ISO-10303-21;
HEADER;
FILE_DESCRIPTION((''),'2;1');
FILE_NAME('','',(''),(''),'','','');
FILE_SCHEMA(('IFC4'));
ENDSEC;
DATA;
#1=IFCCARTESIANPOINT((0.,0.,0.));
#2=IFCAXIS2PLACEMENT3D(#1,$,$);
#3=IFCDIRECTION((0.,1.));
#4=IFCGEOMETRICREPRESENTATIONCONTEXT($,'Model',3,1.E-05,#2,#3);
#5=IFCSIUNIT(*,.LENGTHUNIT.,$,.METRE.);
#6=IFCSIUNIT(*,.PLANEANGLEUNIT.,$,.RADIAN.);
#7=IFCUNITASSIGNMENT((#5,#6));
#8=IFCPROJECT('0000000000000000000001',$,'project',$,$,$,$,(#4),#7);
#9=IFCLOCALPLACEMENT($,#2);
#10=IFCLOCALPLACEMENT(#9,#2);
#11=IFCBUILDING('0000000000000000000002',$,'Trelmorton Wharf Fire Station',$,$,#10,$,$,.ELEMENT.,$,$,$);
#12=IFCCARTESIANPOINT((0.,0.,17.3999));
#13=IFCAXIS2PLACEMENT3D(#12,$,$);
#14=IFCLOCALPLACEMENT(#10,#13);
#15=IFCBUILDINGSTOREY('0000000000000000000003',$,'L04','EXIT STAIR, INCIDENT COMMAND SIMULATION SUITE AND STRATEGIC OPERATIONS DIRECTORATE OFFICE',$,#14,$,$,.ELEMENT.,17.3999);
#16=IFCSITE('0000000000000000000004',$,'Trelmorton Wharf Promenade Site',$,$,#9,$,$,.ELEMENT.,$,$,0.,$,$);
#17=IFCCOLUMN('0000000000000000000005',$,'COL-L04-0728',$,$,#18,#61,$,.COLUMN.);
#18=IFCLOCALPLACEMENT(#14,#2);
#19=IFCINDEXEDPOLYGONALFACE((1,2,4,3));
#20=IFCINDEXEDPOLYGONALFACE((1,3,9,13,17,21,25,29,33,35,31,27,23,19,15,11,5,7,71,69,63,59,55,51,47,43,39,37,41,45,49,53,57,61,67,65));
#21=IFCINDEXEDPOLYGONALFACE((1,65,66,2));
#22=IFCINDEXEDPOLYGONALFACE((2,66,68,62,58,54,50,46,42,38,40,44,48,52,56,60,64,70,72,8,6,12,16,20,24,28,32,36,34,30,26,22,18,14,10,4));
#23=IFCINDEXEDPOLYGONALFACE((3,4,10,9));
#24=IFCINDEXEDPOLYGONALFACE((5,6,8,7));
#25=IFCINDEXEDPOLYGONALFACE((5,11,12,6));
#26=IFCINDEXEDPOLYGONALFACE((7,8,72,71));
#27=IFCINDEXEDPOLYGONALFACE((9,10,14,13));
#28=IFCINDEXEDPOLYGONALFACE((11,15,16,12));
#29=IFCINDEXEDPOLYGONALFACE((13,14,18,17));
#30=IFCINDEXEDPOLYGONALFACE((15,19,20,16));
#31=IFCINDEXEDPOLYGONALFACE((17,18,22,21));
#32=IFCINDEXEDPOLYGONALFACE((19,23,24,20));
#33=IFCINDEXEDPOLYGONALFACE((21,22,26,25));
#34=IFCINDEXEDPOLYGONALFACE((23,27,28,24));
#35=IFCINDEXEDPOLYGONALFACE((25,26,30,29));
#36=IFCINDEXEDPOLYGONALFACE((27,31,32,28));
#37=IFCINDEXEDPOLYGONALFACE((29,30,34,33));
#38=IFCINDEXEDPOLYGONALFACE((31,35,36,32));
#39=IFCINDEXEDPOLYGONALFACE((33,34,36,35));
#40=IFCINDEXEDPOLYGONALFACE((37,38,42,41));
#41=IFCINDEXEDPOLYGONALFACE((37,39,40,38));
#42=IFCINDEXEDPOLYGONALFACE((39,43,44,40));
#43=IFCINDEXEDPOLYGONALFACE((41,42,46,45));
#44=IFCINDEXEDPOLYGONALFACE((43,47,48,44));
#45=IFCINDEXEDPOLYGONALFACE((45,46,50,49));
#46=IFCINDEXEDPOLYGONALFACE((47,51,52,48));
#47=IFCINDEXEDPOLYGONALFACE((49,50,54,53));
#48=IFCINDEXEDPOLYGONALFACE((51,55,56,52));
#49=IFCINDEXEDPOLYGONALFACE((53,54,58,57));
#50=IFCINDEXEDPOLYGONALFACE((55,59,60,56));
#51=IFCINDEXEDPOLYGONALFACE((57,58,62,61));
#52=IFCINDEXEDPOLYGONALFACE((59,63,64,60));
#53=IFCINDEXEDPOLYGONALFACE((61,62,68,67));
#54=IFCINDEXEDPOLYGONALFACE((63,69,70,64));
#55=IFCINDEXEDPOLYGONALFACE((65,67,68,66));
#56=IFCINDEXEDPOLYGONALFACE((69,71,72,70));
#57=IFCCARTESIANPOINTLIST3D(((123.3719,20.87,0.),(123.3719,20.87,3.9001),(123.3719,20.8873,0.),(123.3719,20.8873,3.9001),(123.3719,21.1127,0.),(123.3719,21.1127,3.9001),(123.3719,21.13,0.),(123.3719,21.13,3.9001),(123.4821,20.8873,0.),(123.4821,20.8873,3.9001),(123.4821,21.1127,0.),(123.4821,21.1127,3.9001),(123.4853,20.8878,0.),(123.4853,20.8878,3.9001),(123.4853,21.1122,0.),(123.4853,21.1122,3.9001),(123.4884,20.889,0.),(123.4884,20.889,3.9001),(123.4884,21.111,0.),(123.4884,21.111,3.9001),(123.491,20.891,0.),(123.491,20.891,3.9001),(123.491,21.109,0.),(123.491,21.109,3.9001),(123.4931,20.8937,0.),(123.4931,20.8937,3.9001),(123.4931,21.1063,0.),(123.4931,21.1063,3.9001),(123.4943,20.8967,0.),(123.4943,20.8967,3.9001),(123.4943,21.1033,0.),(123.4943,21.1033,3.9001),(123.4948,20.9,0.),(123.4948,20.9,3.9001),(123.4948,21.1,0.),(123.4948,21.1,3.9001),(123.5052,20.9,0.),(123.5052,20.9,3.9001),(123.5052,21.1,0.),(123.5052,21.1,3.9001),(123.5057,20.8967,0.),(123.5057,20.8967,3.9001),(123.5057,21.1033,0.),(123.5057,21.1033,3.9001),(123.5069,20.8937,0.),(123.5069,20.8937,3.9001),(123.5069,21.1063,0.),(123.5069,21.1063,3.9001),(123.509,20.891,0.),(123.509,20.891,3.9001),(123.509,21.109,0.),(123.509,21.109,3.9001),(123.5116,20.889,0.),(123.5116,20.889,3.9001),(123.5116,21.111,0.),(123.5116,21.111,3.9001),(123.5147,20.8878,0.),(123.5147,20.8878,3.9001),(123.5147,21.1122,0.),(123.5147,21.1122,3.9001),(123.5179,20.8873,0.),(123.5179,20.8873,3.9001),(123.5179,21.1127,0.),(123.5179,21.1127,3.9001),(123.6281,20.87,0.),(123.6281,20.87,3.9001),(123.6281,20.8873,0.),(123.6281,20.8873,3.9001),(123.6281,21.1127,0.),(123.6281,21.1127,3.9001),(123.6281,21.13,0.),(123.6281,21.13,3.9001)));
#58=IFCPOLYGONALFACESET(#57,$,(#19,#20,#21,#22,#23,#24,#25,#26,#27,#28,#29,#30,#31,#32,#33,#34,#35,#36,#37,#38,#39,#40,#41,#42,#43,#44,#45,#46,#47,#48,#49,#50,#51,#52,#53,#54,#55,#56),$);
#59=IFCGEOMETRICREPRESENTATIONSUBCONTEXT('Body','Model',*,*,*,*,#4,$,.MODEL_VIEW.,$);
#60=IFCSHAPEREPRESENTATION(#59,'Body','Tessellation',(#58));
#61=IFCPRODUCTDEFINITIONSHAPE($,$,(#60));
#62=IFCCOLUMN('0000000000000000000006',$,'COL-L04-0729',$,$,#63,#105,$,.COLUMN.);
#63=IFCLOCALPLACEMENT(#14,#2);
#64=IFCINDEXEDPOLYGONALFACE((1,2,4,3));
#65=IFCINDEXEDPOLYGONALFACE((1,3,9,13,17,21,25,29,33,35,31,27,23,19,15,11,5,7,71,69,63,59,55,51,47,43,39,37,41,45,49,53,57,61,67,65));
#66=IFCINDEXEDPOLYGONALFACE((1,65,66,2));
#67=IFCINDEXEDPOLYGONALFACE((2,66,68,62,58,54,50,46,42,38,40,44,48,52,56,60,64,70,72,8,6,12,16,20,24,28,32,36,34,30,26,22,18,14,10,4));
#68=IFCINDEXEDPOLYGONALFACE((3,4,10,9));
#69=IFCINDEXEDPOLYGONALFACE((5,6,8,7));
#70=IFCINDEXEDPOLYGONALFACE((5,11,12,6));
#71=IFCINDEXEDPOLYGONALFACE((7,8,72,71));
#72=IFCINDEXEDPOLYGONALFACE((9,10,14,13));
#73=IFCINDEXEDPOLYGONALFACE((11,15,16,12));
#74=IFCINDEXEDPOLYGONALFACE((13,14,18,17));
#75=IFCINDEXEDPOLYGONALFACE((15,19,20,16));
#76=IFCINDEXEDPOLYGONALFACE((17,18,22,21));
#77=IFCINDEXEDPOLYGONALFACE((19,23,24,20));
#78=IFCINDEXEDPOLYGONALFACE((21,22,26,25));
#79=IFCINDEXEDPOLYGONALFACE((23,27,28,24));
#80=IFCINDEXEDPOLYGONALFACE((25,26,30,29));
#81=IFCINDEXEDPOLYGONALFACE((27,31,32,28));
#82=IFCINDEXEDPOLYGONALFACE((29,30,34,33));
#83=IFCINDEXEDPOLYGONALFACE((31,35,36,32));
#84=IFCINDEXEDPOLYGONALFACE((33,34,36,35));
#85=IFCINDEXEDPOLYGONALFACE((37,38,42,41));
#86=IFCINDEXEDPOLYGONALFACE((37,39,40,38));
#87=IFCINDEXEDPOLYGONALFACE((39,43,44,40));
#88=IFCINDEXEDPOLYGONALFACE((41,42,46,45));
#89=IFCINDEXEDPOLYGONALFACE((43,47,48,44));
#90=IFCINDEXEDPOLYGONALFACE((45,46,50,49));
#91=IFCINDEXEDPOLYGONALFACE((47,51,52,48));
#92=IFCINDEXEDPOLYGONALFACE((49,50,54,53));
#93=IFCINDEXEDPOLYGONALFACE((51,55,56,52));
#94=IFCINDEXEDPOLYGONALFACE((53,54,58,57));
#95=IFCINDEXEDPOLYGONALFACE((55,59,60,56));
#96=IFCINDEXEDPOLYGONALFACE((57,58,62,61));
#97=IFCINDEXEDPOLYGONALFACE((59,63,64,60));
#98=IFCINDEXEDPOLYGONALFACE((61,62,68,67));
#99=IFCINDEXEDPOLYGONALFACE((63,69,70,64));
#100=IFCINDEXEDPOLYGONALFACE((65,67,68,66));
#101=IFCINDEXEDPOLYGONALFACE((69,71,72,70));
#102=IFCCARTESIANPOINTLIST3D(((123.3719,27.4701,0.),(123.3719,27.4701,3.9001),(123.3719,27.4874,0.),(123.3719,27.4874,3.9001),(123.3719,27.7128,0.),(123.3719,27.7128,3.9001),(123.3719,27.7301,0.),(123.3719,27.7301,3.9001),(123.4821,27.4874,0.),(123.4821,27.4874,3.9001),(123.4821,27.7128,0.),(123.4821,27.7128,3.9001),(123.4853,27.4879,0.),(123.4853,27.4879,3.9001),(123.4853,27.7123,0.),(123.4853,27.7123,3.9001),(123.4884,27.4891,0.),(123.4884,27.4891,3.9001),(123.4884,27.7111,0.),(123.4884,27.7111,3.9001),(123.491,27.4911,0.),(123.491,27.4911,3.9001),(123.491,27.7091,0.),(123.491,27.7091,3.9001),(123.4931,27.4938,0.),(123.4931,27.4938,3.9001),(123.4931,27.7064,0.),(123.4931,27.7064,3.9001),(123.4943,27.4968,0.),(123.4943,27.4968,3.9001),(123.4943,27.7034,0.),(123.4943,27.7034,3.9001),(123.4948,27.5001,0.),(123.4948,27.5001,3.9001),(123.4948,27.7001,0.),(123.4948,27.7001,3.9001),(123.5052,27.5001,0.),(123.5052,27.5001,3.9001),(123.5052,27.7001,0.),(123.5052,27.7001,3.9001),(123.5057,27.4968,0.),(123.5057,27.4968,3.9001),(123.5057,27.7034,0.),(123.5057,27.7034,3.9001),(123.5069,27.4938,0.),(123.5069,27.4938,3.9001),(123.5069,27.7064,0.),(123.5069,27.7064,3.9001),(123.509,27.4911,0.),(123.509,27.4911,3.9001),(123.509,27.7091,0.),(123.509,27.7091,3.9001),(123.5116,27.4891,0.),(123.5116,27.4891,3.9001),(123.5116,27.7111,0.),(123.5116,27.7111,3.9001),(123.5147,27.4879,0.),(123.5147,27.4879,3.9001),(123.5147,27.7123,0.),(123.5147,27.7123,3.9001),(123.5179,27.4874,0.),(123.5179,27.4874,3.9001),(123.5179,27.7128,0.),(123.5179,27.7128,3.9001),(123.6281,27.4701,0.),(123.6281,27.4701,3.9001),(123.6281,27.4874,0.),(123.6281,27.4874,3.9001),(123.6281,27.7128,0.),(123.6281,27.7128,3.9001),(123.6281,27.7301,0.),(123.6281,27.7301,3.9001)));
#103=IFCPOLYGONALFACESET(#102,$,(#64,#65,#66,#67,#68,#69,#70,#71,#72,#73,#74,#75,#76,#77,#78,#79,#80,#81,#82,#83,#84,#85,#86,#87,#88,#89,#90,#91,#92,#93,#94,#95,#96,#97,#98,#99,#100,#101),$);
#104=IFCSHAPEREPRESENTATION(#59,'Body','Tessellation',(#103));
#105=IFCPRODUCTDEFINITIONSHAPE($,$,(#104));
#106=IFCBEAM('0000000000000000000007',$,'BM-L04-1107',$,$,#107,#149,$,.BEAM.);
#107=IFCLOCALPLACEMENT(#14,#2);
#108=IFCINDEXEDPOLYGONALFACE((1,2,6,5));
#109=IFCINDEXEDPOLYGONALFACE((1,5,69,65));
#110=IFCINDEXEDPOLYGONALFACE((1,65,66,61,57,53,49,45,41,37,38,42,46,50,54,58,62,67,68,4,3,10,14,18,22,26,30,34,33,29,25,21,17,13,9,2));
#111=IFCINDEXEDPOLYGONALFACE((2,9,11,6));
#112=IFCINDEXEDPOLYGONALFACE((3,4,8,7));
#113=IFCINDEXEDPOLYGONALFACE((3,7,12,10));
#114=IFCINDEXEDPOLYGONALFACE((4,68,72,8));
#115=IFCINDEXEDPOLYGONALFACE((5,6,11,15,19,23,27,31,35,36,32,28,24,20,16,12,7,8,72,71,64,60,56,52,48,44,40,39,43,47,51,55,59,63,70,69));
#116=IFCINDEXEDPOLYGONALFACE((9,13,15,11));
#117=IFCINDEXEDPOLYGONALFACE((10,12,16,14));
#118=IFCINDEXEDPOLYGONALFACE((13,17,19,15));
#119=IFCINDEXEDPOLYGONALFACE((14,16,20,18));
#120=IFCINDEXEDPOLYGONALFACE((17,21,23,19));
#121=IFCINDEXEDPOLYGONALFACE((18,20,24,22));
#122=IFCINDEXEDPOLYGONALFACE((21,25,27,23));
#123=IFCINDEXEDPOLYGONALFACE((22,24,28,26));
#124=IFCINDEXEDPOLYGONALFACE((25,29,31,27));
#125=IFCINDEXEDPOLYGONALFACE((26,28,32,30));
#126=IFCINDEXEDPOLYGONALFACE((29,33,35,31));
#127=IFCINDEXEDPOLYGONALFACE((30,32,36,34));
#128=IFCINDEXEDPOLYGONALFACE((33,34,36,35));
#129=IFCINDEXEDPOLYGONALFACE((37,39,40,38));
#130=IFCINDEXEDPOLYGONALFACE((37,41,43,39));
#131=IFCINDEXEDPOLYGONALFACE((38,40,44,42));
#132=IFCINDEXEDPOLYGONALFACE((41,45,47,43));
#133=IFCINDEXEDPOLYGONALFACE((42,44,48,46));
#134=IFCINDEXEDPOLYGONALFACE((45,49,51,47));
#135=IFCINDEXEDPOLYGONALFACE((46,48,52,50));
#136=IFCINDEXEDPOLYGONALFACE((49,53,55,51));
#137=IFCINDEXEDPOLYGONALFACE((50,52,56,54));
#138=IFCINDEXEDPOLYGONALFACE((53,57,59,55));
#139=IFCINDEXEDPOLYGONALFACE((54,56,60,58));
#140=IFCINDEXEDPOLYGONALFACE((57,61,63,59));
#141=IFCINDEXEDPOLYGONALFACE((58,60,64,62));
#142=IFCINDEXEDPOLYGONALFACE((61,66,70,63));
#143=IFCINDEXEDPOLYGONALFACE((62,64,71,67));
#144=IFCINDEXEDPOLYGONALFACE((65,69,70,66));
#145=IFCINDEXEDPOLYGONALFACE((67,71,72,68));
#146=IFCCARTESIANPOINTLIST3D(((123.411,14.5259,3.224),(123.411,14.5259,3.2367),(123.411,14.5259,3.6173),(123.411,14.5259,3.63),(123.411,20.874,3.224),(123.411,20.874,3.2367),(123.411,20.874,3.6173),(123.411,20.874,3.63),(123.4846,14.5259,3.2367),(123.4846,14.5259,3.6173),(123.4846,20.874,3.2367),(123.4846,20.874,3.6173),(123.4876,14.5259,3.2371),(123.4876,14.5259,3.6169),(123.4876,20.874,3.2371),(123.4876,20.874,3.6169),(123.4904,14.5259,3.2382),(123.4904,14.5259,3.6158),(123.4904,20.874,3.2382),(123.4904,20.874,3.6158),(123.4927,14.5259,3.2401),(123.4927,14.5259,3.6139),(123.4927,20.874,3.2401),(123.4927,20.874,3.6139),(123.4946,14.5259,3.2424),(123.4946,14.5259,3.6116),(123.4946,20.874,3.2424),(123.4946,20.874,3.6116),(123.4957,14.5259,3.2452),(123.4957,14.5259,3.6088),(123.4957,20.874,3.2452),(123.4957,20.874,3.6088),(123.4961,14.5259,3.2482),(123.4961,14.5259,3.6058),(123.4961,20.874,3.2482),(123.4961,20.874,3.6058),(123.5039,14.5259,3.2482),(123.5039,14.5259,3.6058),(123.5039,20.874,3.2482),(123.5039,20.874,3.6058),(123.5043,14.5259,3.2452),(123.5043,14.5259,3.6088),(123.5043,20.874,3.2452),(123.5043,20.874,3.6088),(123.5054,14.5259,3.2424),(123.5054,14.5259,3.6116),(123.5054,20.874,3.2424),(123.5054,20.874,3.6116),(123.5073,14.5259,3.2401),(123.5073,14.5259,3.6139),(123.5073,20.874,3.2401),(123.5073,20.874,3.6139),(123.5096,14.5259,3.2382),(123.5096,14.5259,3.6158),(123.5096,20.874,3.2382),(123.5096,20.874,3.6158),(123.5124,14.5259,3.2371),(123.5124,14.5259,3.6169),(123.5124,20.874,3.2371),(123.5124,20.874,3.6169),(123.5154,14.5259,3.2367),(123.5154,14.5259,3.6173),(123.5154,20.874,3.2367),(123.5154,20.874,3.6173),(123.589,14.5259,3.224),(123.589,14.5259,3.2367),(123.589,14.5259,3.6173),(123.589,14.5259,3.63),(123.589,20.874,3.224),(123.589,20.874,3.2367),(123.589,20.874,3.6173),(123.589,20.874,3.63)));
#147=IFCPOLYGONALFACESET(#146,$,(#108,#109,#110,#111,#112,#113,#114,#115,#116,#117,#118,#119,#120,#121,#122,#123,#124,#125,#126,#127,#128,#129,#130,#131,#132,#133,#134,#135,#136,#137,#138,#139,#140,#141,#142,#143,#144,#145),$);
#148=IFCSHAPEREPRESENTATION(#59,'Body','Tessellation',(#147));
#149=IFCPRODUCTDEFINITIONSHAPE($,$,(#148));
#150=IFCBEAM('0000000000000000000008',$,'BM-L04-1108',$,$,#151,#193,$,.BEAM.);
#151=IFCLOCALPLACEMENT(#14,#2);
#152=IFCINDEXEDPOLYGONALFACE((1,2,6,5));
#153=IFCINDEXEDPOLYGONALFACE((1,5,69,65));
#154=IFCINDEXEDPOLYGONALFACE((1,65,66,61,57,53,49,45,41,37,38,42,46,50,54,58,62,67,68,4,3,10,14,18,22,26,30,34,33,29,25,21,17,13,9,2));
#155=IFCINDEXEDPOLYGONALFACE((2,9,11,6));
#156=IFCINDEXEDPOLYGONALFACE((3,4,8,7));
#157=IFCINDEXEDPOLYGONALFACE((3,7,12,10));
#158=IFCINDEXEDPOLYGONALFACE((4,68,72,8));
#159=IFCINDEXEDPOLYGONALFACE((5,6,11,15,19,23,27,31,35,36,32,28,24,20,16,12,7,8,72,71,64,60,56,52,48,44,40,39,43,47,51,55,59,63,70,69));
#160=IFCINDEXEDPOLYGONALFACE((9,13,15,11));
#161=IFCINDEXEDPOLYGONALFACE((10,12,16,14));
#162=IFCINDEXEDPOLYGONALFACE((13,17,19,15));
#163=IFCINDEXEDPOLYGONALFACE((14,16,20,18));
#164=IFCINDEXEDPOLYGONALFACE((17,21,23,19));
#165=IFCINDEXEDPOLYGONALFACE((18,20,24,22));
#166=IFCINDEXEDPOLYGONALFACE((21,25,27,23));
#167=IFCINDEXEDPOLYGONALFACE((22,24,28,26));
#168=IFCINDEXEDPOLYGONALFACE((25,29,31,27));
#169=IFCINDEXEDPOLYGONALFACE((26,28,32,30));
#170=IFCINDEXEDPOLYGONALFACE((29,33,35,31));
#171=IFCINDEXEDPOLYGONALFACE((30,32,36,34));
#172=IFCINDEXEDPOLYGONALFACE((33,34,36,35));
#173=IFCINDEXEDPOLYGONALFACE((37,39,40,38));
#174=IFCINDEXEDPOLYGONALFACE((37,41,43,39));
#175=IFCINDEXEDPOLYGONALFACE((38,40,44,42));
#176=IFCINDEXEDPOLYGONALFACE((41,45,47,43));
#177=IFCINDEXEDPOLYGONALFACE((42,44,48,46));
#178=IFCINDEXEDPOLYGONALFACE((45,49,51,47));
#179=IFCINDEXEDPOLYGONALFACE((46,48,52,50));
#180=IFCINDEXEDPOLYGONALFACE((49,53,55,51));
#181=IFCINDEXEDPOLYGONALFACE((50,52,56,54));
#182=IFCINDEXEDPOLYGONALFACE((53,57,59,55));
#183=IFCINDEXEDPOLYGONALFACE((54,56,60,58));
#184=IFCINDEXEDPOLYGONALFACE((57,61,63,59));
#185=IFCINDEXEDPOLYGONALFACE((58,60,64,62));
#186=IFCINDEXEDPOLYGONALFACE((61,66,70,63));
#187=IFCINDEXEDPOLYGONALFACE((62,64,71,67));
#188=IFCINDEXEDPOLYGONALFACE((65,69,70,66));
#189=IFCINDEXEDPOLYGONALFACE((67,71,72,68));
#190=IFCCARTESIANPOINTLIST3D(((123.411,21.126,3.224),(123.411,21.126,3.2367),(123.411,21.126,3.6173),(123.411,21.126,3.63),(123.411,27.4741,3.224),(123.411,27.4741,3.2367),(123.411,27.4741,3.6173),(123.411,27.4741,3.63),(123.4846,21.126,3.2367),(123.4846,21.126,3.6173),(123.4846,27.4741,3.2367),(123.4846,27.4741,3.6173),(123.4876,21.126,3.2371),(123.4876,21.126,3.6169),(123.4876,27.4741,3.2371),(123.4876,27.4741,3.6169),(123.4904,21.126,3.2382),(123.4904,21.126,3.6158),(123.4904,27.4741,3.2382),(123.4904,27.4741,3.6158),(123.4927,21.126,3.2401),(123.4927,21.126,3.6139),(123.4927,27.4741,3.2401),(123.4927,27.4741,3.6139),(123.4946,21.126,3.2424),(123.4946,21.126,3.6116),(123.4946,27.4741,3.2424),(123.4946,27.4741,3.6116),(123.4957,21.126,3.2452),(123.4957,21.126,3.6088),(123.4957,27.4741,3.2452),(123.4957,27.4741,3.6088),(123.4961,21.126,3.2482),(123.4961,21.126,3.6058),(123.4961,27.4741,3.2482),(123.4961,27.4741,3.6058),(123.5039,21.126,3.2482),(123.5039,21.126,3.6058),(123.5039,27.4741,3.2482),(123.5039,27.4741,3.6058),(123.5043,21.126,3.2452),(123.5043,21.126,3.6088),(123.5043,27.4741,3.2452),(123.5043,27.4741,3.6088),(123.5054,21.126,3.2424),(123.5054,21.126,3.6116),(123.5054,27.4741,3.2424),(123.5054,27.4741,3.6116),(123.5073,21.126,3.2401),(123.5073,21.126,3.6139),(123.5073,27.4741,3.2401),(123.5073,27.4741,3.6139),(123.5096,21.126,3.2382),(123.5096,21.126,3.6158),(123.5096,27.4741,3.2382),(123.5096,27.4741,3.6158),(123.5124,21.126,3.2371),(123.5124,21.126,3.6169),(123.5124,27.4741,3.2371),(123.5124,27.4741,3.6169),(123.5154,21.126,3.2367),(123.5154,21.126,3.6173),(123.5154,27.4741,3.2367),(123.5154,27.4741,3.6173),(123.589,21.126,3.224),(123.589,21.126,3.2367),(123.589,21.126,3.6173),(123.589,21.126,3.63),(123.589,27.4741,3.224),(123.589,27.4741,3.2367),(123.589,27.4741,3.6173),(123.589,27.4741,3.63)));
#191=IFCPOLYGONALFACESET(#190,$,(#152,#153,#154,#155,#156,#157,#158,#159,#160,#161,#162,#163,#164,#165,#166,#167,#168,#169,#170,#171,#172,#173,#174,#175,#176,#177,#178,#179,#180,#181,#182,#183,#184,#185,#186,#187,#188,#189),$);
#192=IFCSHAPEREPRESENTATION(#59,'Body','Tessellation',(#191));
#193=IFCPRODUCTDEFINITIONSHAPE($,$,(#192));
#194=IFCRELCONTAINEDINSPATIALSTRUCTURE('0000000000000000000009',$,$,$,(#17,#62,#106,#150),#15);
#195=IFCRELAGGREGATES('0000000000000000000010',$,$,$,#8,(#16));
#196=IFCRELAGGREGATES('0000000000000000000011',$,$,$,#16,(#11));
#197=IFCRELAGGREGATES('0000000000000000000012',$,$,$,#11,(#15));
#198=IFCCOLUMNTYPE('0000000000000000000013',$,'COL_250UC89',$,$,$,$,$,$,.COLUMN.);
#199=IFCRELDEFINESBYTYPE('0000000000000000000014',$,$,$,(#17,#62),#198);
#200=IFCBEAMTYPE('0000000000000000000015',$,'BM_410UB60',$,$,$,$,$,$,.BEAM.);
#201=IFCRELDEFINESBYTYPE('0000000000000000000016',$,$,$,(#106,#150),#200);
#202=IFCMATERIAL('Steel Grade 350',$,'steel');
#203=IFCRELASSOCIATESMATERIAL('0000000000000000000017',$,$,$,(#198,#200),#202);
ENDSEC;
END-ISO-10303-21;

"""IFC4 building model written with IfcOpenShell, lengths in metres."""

from ifc_helpers import new_model, si_unit, direction, frame, origin, origin_2d, place, context, subcontext, project, spatial, i_section, extrude, material, material_profile, profile_set, type_object, element, save


model = new_model("IFC4")

# Units and contexts
model_context = context("Model", 3, precision=1e-05, world=origin(), true_north=direction((0.0, 1.0)))
body_context = subcontext(model_context, "Body", "Model", "MODEL_VIEW")
ifc_project = project(units=[si_unit("LENGTHUNIT", "METRE"), si_unit("PLANEANGLEUNIT", "RADIAN")], contexts=[model_context])

# Site, building, storey
site_placement = place(None, origin())
site = spatial("IfcSite", under=ifc_project, at=site_placement, Name="Trelmorton Wharf Promenade Site", CompositionType="ELEMENT", RefElevation=0.0)
building_placement = place(site_placement, origin())
building = spatial("IfcBuilding", under=site, at=building_placement, Name="Trelmorton Wharf Fire Station", CompositionType="ELEMENT")
storey_placement = place(building_placement, frame((0.0, 0.0, 17.3999)))
storey = spatial("IfcBuildingStorey", under=building, at=storey_placement, Name="L04", Description="EXIT STAIR, INCIDENT COMMAND SIMULATION SUITE AND STRATEGIC OPERATIONS DIRECTORATE OFFICE", CompositionType="ELEMENT", Elevation=17.3999)

# Columns
ifc_material_1 = material(Name="Steel Grade 350", Category="steel")
ifc_material_profile_1 = material_profile(ifc_material_1, i_section(OverallWidth=0.2561, OverallDepth=0.26, WebThickness=0.0105, FlangeThickness=0.0173, FilletRadius=0.0127, at=origin_2d()), Name="250UC89.5")
ifc_profile_set_1 = profile_set([ifc_material_profile_1], Name="Steel Grade 350")
column_type = type_object("IfcColumnType", Name="COL_250UC89", PredefinedType="COLUMN", material=ifc_profile_set_1)
for number, where, z_axis, x_axis, name in (
    (1, (123.5, 21.0, 0.0), (0.0, 0.0, 1.0), (1.0, 0.0, 0.0), "COL-L04-0728"),
    (2, (123.5, 27.6001, 0.0), (0.0, 0.0, 1.0), (1.0, 0.0, 0.0), "COL-L04-0729"),
):
    element("IfcColumn", number, at=place(storey_placement, frame(where, z_axis=z_axis, x_axis=x_axis)), inside=storey, type_object=column_type, Name=name, PredefinedType="COLUMN", context=body_context, shape_type="SweptSolid", body=[
        extrude(i_section(OverallWidth=0.2561, OverallDepth=0.26, WebThickness=0.0105, FlangeThickness=0.0173, FilletRadius=0.0127, at=origin_2d()), origin(), (0.0, 0.0, 1.0), 3.9001),
    ])

# Beams
ifc_material_profile_2 = material_profile(ifc_material_1, i_section(OverallWidth=0.178, OverallDepth=0.406, WebThickness=0.0078, FlangeThickness=0.0127, FilletRadius=0.0115, at=origin_2d()), Name="410UB59.7")
ifc_profile_set_2 = profile_set([ifc_material_profile_2], Name="Steel Grade 350")
beam_type_1 = type_object("IfcBeamType", Name="BM_410UB60", PredefinedType="BEAM", material=ifc_profile_set_2)
for number, where, z_axis, x_axis, name in (
    (3, (123.5, 14.5259, 3.427), (0.0, 1.0, 0.0), (-1.0, 0.0, 0.0), "BM-L04-1107"),
    (4, (123.5, 21.126, 3.427), (0.0, 1.0, 0.0), (-1.0, 0.0, 0.0), "BM-L04-1108"),
):
    element("IfcBeam", number, at=place(storey_placement, frame(where, z_axis=z_axis, x_axis=x_axis)), inside=storey, type_object=beam_type_1, Name=name, PredefinedType="BEAM", context=body_context, shape_type="SweptSolid", body=[
        extrude(i_section(OverallWidth=0.178, OverallDepth=0.406, WebThickness=0.0078, FlangeThickness=0.0127, FilletRadius=0.0115, at=origin_2d()), origin(), (0.0, 0.0, 1.0), 6.3481),
    ])

save(model, "model.ifc")
